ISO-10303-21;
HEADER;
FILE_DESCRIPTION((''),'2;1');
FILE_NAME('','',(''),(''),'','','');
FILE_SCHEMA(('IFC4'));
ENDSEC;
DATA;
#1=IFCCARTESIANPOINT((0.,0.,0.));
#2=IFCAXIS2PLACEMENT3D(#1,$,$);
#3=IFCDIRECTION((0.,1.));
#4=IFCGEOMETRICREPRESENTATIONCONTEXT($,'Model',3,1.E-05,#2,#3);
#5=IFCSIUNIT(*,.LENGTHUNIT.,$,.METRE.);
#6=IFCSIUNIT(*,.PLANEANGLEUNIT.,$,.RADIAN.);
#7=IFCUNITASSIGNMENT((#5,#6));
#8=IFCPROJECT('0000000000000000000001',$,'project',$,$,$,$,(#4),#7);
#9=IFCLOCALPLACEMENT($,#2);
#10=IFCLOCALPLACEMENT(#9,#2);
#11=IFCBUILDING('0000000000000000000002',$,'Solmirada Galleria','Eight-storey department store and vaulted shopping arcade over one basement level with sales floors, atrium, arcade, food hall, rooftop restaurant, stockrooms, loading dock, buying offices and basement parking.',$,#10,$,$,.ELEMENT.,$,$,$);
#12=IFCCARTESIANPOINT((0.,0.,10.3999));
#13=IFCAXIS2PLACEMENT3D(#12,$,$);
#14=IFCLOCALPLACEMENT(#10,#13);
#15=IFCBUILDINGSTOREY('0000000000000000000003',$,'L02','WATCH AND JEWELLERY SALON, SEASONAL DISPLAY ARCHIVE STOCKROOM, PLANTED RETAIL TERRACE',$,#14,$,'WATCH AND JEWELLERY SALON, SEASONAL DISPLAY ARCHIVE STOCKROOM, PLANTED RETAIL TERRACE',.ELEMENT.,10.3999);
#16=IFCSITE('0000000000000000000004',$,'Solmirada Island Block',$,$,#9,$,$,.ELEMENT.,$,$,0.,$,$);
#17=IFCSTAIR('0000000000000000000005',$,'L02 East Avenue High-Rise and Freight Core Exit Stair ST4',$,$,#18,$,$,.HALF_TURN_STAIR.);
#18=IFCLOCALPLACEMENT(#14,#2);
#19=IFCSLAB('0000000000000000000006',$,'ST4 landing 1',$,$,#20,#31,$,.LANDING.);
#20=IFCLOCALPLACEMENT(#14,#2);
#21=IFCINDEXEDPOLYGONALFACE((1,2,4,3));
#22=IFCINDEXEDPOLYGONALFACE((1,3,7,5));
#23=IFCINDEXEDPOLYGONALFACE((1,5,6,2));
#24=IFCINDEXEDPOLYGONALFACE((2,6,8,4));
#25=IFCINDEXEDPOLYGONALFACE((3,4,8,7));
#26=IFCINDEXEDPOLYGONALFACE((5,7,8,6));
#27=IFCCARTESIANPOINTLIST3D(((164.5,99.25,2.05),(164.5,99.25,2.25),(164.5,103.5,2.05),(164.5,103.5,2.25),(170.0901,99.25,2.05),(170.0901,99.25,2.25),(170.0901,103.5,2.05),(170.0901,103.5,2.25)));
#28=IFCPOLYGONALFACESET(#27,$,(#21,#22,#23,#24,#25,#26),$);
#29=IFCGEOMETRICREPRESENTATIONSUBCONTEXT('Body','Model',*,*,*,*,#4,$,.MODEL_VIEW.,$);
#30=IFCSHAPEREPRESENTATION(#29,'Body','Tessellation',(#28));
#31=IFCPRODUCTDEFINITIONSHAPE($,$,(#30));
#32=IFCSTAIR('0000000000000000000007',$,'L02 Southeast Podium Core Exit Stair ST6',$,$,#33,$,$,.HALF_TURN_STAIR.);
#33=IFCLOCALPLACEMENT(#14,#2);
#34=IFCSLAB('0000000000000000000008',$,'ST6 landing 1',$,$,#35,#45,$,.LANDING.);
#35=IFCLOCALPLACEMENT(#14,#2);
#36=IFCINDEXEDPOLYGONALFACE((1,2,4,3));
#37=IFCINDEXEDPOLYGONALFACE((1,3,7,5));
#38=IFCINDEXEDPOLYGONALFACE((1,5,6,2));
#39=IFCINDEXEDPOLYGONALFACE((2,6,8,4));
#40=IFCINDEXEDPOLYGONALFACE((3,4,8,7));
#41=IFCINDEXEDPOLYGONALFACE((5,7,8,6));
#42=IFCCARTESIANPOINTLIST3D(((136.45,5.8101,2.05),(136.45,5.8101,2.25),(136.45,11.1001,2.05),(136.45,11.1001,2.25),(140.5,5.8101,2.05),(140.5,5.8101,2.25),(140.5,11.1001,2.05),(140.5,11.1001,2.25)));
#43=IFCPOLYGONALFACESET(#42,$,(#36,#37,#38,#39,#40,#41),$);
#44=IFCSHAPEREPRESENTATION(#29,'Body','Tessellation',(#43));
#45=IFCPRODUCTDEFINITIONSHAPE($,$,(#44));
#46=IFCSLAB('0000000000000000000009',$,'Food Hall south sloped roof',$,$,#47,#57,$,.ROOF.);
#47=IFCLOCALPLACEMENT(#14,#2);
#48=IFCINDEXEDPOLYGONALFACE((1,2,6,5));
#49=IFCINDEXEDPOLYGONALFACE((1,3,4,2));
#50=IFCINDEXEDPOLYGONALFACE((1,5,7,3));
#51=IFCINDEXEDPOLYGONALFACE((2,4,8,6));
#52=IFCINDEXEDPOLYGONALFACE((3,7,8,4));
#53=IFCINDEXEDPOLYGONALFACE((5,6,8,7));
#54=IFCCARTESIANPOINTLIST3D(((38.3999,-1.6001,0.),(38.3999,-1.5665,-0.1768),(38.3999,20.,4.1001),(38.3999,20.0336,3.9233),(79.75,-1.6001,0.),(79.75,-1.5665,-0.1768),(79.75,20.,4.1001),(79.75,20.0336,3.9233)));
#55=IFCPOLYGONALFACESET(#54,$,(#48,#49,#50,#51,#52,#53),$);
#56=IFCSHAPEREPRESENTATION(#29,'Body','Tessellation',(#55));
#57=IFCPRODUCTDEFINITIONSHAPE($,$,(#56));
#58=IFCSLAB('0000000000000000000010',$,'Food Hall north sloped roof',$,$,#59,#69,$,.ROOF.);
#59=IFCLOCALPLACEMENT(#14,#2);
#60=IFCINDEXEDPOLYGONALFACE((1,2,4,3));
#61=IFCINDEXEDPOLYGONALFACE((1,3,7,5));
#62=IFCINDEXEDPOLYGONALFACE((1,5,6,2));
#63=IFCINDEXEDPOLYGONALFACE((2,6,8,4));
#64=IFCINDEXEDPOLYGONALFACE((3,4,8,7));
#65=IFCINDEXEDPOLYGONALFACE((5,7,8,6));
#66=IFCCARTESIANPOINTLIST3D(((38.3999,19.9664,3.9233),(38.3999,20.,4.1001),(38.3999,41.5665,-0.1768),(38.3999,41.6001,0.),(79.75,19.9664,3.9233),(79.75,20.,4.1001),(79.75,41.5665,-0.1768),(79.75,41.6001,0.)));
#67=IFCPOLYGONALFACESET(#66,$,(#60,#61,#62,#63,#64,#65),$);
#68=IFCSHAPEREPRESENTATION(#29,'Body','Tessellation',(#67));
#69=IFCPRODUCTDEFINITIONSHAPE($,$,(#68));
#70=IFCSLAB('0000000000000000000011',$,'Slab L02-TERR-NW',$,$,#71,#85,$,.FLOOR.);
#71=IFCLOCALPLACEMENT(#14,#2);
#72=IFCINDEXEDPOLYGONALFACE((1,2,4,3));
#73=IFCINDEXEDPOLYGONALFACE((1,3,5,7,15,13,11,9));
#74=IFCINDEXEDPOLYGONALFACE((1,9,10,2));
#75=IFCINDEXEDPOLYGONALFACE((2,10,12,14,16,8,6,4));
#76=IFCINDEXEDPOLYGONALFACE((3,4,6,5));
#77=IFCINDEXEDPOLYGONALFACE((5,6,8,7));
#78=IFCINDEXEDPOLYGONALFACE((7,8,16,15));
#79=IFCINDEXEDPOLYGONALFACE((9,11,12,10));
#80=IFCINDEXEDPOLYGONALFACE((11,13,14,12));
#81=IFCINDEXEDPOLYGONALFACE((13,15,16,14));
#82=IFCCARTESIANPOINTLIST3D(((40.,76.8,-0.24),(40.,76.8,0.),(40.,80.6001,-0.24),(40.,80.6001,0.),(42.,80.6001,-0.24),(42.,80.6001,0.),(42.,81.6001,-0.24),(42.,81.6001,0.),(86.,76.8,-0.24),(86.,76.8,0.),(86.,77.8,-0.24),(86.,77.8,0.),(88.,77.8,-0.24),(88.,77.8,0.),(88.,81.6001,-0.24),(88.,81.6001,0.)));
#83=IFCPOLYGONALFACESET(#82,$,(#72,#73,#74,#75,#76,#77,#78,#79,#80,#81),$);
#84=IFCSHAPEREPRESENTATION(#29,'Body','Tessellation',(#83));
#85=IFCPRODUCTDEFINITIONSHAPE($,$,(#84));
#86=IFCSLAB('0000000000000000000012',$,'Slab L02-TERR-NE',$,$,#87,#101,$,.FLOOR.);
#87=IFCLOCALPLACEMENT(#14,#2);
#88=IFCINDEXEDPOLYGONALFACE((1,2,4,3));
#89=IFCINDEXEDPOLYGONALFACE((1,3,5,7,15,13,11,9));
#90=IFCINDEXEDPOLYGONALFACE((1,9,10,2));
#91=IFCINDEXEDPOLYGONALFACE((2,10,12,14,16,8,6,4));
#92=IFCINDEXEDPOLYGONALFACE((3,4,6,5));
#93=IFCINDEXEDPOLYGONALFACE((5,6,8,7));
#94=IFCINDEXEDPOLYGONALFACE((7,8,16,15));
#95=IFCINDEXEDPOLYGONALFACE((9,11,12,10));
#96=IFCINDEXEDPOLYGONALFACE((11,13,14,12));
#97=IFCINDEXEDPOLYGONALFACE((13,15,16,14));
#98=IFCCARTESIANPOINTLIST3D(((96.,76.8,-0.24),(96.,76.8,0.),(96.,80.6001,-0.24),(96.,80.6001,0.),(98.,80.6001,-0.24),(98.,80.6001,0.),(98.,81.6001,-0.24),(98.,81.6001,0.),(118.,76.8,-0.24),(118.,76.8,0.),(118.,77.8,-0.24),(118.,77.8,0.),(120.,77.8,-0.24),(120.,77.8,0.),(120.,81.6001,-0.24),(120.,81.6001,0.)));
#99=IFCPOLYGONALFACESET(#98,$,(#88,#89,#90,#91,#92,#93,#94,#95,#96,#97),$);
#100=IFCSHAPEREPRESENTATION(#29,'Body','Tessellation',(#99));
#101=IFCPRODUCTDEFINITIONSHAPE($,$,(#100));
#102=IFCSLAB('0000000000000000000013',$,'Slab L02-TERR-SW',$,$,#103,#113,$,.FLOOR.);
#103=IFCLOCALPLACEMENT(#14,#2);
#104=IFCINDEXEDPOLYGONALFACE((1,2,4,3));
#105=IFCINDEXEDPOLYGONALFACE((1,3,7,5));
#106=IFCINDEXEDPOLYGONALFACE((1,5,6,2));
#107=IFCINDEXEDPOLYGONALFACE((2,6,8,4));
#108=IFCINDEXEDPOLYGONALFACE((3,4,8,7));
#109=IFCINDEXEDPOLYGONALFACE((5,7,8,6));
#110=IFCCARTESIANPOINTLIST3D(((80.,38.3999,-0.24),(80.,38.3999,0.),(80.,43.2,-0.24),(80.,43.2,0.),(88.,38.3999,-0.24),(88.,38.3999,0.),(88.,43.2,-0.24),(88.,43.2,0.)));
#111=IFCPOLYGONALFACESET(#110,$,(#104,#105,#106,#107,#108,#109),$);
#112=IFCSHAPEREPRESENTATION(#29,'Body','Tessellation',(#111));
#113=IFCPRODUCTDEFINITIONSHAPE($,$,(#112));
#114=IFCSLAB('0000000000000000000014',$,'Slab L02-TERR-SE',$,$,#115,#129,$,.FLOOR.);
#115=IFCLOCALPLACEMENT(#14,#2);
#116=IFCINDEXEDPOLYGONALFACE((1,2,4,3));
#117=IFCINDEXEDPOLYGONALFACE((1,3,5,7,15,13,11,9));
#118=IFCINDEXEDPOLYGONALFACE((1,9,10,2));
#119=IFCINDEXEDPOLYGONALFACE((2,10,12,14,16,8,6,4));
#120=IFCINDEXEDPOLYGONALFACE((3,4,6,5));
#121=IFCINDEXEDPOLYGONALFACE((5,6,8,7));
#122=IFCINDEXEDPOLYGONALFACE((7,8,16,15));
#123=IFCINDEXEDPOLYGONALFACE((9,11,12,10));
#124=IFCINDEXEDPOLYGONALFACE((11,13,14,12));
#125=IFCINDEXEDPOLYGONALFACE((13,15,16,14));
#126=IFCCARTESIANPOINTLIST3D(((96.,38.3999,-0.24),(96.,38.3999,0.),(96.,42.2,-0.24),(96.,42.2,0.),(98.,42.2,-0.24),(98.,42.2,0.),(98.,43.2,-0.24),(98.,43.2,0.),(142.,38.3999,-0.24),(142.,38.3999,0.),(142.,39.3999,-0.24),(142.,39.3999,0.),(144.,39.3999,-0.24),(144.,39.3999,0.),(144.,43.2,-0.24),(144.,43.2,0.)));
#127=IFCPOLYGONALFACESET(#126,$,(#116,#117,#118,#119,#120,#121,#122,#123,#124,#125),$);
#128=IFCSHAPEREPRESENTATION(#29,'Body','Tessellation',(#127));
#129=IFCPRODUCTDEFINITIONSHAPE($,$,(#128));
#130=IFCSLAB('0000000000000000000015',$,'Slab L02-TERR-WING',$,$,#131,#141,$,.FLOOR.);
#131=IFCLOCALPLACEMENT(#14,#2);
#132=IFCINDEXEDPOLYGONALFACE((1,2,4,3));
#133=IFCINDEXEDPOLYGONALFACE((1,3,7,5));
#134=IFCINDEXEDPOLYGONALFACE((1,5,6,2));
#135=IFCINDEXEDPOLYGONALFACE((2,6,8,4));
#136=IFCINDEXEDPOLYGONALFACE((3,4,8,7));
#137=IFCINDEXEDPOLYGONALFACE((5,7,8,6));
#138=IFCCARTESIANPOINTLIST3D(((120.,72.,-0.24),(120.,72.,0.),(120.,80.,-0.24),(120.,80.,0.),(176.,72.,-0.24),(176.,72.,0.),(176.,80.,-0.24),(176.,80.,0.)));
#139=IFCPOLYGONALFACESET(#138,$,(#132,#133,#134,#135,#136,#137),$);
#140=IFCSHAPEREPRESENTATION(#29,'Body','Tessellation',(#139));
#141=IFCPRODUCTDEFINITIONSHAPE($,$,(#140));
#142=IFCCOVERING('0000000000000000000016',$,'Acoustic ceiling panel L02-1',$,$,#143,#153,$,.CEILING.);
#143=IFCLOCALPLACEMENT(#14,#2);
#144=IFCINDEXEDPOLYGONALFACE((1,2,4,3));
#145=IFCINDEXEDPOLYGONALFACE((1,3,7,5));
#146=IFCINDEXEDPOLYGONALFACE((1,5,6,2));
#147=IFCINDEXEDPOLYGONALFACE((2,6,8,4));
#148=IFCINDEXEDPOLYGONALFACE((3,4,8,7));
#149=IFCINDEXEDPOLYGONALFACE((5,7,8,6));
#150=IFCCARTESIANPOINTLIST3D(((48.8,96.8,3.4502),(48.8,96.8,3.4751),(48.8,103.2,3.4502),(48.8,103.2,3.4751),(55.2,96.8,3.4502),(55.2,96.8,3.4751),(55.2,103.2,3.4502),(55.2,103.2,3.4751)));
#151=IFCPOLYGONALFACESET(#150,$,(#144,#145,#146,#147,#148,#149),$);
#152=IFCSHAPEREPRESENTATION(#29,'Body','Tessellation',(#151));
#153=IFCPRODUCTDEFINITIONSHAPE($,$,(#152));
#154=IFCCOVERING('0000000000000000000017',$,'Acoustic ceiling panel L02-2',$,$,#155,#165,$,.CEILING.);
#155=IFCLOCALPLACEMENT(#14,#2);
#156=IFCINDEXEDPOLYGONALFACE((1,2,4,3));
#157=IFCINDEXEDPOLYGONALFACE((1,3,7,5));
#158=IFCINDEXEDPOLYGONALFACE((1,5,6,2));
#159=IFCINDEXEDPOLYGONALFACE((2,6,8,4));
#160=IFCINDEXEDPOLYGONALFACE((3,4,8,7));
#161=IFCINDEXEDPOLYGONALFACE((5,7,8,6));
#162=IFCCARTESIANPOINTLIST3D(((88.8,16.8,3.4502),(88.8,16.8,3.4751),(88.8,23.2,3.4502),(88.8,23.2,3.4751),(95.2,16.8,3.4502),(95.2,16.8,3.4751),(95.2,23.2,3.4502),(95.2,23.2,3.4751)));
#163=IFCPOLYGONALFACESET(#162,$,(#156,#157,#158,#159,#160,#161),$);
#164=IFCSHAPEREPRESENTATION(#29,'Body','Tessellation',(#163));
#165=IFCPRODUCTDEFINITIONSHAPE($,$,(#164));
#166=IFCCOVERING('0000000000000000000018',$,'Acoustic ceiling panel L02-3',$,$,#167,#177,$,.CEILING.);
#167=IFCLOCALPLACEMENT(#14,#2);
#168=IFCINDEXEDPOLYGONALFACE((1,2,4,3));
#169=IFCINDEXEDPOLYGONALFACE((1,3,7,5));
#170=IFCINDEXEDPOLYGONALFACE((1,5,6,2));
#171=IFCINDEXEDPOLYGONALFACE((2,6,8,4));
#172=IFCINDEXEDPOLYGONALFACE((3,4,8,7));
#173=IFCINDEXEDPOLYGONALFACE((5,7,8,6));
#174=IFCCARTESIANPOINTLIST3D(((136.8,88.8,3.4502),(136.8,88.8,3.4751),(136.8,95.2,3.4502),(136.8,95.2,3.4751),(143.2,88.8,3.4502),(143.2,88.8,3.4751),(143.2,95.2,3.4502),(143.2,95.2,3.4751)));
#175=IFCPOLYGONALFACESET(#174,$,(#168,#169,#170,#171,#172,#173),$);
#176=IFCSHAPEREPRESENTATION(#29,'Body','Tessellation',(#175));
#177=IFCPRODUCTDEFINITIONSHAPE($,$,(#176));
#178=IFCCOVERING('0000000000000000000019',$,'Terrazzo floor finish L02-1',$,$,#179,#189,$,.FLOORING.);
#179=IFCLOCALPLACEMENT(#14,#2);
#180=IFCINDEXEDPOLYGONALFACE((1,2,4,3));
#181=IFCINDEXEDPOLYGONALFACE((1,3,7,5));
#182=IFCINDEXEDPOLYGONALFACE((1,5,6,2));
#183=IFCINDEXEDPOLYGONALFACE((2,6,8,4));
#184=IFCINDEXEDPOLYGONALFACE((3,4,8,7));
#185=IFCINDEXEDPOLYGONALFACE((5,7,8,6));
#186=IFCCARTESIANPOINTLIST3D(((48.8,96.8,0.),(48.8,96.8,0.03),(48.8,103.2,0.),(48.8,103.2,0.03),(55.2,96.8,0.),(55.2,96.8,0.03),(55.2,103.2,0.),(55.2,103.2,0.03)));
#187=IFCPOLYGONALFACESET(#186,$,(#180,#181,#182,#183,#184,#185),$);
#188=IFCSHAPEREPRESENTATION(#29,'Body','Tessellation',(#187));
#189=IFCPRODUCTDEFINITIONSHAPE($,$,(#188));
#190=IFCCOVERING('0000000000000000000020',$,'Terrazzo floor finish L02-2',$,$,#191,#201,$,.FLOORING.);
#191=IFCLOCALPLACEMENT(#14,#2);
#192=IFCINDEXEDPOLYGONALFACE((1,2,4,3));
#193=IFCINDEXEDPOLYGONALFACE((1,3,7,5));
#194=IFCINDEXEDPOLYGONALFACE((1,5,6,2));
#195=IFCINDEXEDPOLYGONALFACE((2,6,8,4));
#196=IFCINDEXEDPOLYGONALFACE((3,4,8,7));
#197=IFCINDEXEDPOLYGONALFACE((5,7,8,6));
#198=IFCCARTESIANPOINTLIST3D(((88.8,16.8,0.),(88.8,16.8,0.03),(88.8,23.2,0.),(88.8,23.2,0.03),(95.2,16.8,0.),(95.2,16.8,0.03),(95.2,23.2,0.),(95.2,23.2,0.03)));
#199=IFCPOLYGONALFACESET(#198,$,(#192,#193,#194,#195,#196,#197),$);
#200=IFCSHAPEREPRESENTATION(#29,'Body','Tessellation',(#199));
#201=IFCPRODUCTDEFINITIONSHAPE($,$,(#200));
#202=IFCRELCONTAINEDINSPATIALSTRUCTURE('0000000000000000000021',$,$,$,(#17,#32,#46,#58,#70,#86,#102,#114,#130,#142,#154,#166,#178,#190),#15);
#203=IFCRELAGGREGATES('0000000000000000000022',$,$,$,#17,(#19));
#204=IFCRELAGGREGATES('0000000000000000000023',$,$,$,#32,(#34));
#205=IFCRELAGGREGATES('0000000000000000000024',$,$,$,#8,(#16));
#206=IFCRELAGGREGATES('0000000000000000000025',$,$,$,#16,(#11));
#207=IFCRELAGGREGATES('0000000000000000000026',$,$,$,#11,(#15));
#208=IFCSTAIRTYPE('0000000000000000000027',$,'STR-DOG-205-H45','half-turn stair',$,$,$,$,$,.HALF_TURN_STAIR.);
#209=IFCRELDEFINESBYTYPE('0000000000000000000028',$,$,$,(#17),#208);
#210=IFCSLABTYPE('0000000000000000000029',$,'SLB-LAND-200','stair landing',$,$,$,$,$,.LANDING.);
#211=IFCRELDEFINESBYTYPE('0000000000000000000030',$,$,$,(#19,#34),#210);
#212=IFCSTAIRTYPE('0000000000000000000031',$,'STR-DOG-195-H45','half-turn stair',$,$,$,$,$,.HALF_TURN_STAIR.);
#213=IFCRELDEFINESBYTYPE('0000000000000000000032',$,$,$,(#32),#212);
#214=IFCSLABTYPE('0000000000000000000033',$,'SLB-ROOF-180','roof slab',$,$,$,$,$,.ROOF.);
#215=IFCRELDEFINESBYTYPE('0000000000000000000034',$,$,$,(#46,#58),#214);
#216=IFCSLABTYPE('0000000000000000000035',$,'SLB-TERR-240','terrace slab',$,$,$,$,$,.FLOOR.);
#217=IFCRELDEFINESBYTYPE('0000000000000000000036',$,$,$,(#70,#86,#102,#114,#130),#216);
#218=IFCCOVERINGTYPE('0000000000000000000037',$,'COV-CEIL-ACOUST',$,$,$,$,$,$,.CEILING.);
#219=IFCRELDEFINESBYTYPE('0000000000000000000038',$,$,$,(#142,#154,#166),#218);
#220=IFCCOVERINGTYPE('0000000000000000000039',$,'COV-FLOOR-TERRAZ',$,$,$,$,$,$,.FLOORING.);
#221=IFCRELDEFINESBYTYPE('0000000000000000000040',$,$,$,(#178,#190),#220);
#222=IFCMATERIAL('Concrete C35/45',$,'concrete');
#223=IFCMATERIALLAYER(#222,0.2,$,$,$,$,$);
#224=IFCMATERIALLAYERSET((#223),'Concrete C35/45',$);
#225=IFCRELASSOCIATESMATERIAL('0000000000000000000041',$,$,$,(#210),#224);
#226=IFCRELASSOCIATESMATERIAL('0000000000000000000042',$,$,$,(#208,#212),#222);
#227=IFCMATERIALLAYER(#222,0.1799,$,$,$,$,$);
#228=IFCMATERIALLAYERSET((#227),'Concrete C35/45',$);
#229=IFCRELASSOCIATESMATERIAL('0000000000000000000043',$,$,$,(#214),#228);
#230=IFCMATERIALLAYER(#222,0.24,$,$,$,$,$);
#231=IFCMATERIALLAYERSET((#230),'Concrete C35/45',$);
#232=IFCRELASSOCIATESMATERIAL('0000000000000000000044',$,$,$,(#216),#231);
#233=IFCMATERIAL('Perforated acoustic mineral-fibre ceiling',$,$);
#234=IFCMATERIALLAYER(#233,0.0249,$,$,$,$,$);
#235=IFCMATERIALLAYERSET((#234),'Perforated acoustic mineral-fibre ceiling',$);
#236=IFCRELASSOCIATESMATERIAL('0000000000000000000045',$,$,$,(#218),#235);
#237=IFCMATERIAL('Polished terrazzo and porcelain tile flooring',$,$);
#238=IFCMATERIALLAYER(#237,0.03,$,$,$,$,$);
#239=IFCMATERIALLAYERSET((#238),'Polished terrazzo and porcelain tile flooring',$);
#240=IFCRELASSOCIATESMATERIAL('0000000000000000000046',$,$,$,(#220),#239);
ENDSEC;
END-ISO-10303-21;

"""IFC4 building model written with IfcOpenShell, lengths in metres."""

from ifc_helpers import new_model, si_unit, direction, frame, origin, place, context, subcontext, project, spatial, polyline, outline, extrude, material, layer, layer_set, type_object, element, aggregate, save


model = new_model("IFC4")

# Units and contexts
model_context = context("Model", 3, precision=1e-05, world=origin(), true_north=direction((0.0, 1.0)))
body_context = subcontext(model_context, "Body", "Model", "MODEL_VIEW")
ifc_project = project(units=[si_unit("LENGTHUNIT", "METRE"), si_unit("PLANEANGLEUNIT", "RADIAN")], contexts=[model_context])

# Site, building, storey
site_placement = place(None, origin())
site = spatial("IfcSite", under=ifc_project, at=site_placement, Name="Solmirada Island Block", CompositionType="ELEMENT", RefElevation=0.0)
building_placement = place(site_placement, origin())
building = spatial("IfcBuilding", under=site, at=building_placement, Name="Solmirada Galleria", Description="Eight-storey department store and vaulted shopping arcade over one basement level with sales floors, atrium, arcade, food hall, rooftop restaurant, stockrooms, loading dock, buying offices and basement parking.", CompositionType="ELEMENT")
storey_placement = place(building_placement, frame((0.0, 0.0, 10.3999)))
storey = spatial("IfcBuildingStorey", under=building, at=storey_placement, Name="L02", Description="WATCH AND JEWELLERY SALON, SEASONAL DISPLAY ARCHIVE STOCKROOM, PLANTED RETAIL TERRACE", LongName="WATCH AND JEWELLERY SALON, SEASONAL DISPLAY ARCHIVE STOCKROOM, PLANTED RETAIL TERRACE", CompositionType="ELEMENT", Elevation=10.3999)

# Shared definitions
ifc_material_1 = material(Name="Concrete C35/45", Category="concrete")

# Stairs, slabs
ifc_layer_1 = layer(ifc_material_1, 0.2)
ifc_layer_set_1 = layer_set([ifc_layer_1], Name="Concrete C35/45")
slab_type_1 = type_object("IfcSlabType", Name="SLB-LAND-200", Description="stair landing", PredefinedType="LANDING", material=ifc_layer_set_1)
stair_type_1 = type_object("IfcStairType", Name="STR-DOG-205-H45", Description="half-turn stair", PredefinedType="HALF_TURN_STAIR", material=ifc_material_1)
stair_1_placement = place(storey_placement, origin())
stair_1 = element("IfcStair", 1, at=stair_1_placement, inside=storey, type_object=stair_type_1, Name="L02 East Avenue High-Rise and Freight Core Exit Stair ST4", PredefinedType="HALF_TURN_STAIR")
slab_1_placement = place(storey_placement, frame((0.0, 0.0, 2.05)))
slab_1 = element("IfcSlab", 2, at=slab_1_placement, type_object=slab_type_1, Name="ST4 landing 1", PredefinedType="LANDING", context=body_context, shape_type="SweptSolid", body=[
    extrude(outline(polyline([(170.0901, 103.5), (164.5, 103.5), (164.5, 99.25), (170.0901, 99.25), (170.0901, 103.5)])), origin(), (0.0, 0.0, 1.0), 0.2),
])
aggregate(stair_1, [slab_1])
stair_type_2 = type_object("IfcStairType", Name="STR-DOG-195-H45", Description="half-turn stair", PredefinedType="HALF_TURN_STAIR", material=ifc_material_1)
stair_2_placement = place(storey_placement, origin())
stair_2 = element("IfcStair", 3, at=stair_2_placement, inside=storey, type_object=stair_type_2, Name="L02 Southeast Podium Core Exit Stair ST6", PredefinedType="HALF_TURN_STAIR")
slab_2_placement = place(storey_placement, frame((0.0, 0.0, 2.05)))
slab_2 = element("IfcSlab", 4, at=slab_2_placement, type_object=slab_type_1, Name="ST6 landing 1", PredefinedType="LANDING", context=body_context, shape_type="SweptSolid", body=[
    extrude(outline(polyline([(140.5, 5.8101), (140.5, 11.1001), (136.45, 11.1001), (136.45, 5.8101), (140.5, 5.8101)])), origin(), (0.0, 0.0, 1.0), 0.2),
])
aggregate(stair_2, [slab_2])

# Slabs
ifc_layer_2 = layer(ifc_material_1, 0.1799)
ifc_layer_set_2 = layer_set([ifc_layer_2], Name="Concrete C35/45")
slab_type_2 = type_object("IfcSlabType", Name="SLB-ROOF-180", Description="roof slab", PredefinedType="ROOF", material=ifc_layer_set_2)
for number, where, z_axis, x_axis, name in (
    (5, (38.3999, -1.6001, 0.0), (0.0, -0.186489, 0.982457), (1.0, 0.0, 0.0), "Food Hall south sloped roof"),
    (6, (38.3999, 20.0, 4.1001), (0.0, 0.186489, 0.982457), (1.0, 0.0, 0.0), "Food Hall north sloped roof"),
):
    element("IfcSlab", number, at=place(storey_placement, frame(where, z_axis=z_axis, x_axis=x_axis)), inside=storey, type_object=slab_type_2, Name=name, PredefinedType="ROOF", context=body_context, shape_type="SweptSolid", body=[
        extrude(outline(polyline([(0.0, 0.0), (41.3501, 0.0), (41.3501, 21.9858), (0.0, 21.9858), (0.0, 0.0)])), origin(), (0.0, 0.0, -1.0), 0.1799),
    ])
ifc_layer_3 = layer(ifc_material_1, 0.24)
ifc_layer_set_3 = layer_set([ifc_layer_3], Name="Concrete C35/45")
slab_type_3 = type_object("IfcSlabType", Name="SLB-TERR-240", Description="terrace slab", PredefinedType="FLOOR", material=ifc_layer_set_3)
slab_3_placement = place(storey_placement, frame((0.0, 0.0, -0.24)))
element("IfcSlab", 7, at=slab_3_placement, inside=storey, type_object=slab_type_3, Name="Slab L02-TERR-NW", PredefinedType="FLOOR", context=body_context, shape_type="SweptSolid", body=[
    extrude(outline(polyline([(40.0, 76.8), (86.0, 76.8), (86.0, 77.8), (88.0, 77.8), (88.0, 81.6001), (42.0, 81.6001), (42.0, 80.6001), (40.0, 80.6001), (40.0, 76.8)])), origin(), (0.0, 0.0, 1.0), 0.24),
])
slab_4_placement = place(storey_placement, frame((0.0, 0.0, -0.24)))
element("IfcSlab", 8, at=slab_4_placement, inside=storey, type_object=slab_type_3, Name="Slab L02-TERR-NE", PredefinedType="FLOOR", context=body_context, shape_type="SweptSolid", body=[
    extrude(outline(polyline([(96.0, 76.8), (118.0, 76.8), (118.0, 77.8), (120.0, 77.8), (120.0, 81.6001), (98.0, 81.6001), (98.0, 80.6001), (96.0, 80.6001), (96.0, 76.8)])), origin(), (0.0, 0.0, 1.0), 0.24),
])
slab_5_placement = place(storey_placement, frame((0.0, 0.0, -0.24)))
element("IfcSlab", 9, at=slab_5_placement, inside=storey, type_object=slab_type_3, Name="Slab L02-TERR-SW", PredefinedType="FLOOR", context=body_context, shape_type="SweptSolid", body=[
    extrude(outline(polyline([(80.0, 38.3999), (88.0, 38.3999), (88.0, 43.2), (80.0, 43.2), (80.0, 38.3999)])), origin(), (0.0, 0.0, 1.0), 0.24),
])
slab_6_placement = place(storey_placement, frame((0.0, 0.0, -0.24)))
element("IfcSlab", 10, at=slab_6_placement, inside=storey, type_object=slab_type_3, Name="Slab L02-TERR-SE", PredefinedType="FLOOR", context=body_context, shape_type="SweptSolid", body=[
    extrude(outline(polyline([(96.0, 38.3999), (142.0, 38.3999), (142.0, 39.3999), (144.0, 39.3999), (144.0, 43.2), (98.0, 43.2), (98.0, 42.2), (96.0, 42.2), (96.0, 38.3999)])), origin(), (0.0, 0.0, 1.0), 0.24),
])
slab_7_placement = place(storey_placement, frame((0.0, 0.0, -0.24)))
element("IfcSlab", 11, at=slab_7_placement, inside=storey, type_object=slab_type_3, Name="Slab L02-TERR-WING", PredefinedType="FLOOR", context=body_context, shape_type="SweptSolid", body=[
    extrude(outline(polyline([(120.0, 72.0), (176.0, 72.0), (176.0, 80.0), (120.0, 80.0), (120.0, 72.0)])), origin(), (0.0, 0.0, 1.0), 0.24),
])

# Coverings
ifc_material_2 = material(Name="Perforated acoustic mineral-fibre ceiling")
ifc_layer_4 = layer(ifc_material_2, 0.0249)
ifc_layer_set_4 = layer_set([ifc_layer_4], Name="Perforated acoustic mineral-fibre ceiling")
covering_type_1 = type_object("IfcCoveringType", Name="COV-CEIL-ACOUST", PredefinedType="CEILING", material=ifc_layer_set_4)
covering_1_placement = place(storey_placement, frame((0.0, 0.0, 3.4502)))
element("IfcCovering", 12, at=covering_1_placement, inside=storey, type_object=covering_type_1, Name="Acoustic ceiling panel L02-1", PredefinedType="CEILING", context=body_context, shape_type="SweptSolid", body=[
    extrude(outline(polyline([(48.8, 96.8), (55.2, 96.8), (55.2, 103.2), (48.8, 103.2), (48.8, 96.8)])), origin(), (0.0, 0.0, 1.0), 0.0249),
])
covering_2_placement = place(storey_placement, frame((0.0, 0.0, 3.4502)))
element("IfcCovering", 13, at=covering_2_placement, inside=storey, type_object=covering_type_1, Name="Acoustic ceiling panel L02-2", PredefinedType="CEILING", context=body_context, shape_type="SweptSolid", body=[
    extrude(outline(polyline([(88.8, 16.8), (95.2, 16.8), (95.2, 23.2), (88.8, 23.2), (88.8, 16.8)])), origin(), (0.0, 0.0, 1.0), 0.0249),
])
covering_3_placement = place(storey_placement, frame((0.0, 0.0, 3.4502)))
element("IfcCovering", 14, at=covering_3_placement, inside=storey, type_object=covering_type_1, Name="Acoustic ceiling panel L02-3", PredefinedType="CEILING", context=body_context, shape_type="SweptSolid", body=[
    extrude(outline(polyline([(136.8, 88.8), (143.2, 88.8), (143.2, 95.2), (136.8, 95.2), (136.8, 88.8)])), origin(), (0.0, 0.0, 1.0), 0.0249),
])
ifc_material_3 = material(Name="Polished terrazzo and porcelain tile flooring")
ifc_layer_5 = layer(ifc_material_3, 0.03)
ifc_layer_set_5 = layer_set([ifc_layer_5], Name="Polished terrazzo and porcelain tile flooring")
covering_type_2 = type_object("IfcCoveringType", Name="COV-FLOOR-TERRAZ", PredefinedType="FLOORING", material=ifc_layer_set_5)
covering_4_placement = place(storey_placement, origin())
element("IfcCovering", 15, at=covering_4_placement, inside=storey, type_object=covering_type_2, Name="Terrazzo floor finish L02-1", PredefinedType="FLOORING", context=body_context, shape_type="SweptSolid", body=[
    extrude(outline(polyline([(48.8, 96.8), (55.2, 96.8), (55.2, 103.2), (48.8, 103.2), (48.8, 96.8)])), origin(), (0.0, 0.0, 1.0), 0.03),
])
covering_5_placement = place(storey_placement, origin())
element("IfcCovering", 16, at=covering_5_placement, inside=storey, type_object=covering_type_2, Name="Terrazzo floor finish L02-2", PredefinedType="FLOORING", context=body_context, shape_type="SweptSolid", body=[
    extrude(outline(polyline([(88.8, 16.8), (95.2, 16.8), (95.2, 23.2), (88.8, 23.2), (88.8, 16.8)])), origin(), (0.0, 0.0, 1.0), 0.03),
])

save(model, "model.ifc")
